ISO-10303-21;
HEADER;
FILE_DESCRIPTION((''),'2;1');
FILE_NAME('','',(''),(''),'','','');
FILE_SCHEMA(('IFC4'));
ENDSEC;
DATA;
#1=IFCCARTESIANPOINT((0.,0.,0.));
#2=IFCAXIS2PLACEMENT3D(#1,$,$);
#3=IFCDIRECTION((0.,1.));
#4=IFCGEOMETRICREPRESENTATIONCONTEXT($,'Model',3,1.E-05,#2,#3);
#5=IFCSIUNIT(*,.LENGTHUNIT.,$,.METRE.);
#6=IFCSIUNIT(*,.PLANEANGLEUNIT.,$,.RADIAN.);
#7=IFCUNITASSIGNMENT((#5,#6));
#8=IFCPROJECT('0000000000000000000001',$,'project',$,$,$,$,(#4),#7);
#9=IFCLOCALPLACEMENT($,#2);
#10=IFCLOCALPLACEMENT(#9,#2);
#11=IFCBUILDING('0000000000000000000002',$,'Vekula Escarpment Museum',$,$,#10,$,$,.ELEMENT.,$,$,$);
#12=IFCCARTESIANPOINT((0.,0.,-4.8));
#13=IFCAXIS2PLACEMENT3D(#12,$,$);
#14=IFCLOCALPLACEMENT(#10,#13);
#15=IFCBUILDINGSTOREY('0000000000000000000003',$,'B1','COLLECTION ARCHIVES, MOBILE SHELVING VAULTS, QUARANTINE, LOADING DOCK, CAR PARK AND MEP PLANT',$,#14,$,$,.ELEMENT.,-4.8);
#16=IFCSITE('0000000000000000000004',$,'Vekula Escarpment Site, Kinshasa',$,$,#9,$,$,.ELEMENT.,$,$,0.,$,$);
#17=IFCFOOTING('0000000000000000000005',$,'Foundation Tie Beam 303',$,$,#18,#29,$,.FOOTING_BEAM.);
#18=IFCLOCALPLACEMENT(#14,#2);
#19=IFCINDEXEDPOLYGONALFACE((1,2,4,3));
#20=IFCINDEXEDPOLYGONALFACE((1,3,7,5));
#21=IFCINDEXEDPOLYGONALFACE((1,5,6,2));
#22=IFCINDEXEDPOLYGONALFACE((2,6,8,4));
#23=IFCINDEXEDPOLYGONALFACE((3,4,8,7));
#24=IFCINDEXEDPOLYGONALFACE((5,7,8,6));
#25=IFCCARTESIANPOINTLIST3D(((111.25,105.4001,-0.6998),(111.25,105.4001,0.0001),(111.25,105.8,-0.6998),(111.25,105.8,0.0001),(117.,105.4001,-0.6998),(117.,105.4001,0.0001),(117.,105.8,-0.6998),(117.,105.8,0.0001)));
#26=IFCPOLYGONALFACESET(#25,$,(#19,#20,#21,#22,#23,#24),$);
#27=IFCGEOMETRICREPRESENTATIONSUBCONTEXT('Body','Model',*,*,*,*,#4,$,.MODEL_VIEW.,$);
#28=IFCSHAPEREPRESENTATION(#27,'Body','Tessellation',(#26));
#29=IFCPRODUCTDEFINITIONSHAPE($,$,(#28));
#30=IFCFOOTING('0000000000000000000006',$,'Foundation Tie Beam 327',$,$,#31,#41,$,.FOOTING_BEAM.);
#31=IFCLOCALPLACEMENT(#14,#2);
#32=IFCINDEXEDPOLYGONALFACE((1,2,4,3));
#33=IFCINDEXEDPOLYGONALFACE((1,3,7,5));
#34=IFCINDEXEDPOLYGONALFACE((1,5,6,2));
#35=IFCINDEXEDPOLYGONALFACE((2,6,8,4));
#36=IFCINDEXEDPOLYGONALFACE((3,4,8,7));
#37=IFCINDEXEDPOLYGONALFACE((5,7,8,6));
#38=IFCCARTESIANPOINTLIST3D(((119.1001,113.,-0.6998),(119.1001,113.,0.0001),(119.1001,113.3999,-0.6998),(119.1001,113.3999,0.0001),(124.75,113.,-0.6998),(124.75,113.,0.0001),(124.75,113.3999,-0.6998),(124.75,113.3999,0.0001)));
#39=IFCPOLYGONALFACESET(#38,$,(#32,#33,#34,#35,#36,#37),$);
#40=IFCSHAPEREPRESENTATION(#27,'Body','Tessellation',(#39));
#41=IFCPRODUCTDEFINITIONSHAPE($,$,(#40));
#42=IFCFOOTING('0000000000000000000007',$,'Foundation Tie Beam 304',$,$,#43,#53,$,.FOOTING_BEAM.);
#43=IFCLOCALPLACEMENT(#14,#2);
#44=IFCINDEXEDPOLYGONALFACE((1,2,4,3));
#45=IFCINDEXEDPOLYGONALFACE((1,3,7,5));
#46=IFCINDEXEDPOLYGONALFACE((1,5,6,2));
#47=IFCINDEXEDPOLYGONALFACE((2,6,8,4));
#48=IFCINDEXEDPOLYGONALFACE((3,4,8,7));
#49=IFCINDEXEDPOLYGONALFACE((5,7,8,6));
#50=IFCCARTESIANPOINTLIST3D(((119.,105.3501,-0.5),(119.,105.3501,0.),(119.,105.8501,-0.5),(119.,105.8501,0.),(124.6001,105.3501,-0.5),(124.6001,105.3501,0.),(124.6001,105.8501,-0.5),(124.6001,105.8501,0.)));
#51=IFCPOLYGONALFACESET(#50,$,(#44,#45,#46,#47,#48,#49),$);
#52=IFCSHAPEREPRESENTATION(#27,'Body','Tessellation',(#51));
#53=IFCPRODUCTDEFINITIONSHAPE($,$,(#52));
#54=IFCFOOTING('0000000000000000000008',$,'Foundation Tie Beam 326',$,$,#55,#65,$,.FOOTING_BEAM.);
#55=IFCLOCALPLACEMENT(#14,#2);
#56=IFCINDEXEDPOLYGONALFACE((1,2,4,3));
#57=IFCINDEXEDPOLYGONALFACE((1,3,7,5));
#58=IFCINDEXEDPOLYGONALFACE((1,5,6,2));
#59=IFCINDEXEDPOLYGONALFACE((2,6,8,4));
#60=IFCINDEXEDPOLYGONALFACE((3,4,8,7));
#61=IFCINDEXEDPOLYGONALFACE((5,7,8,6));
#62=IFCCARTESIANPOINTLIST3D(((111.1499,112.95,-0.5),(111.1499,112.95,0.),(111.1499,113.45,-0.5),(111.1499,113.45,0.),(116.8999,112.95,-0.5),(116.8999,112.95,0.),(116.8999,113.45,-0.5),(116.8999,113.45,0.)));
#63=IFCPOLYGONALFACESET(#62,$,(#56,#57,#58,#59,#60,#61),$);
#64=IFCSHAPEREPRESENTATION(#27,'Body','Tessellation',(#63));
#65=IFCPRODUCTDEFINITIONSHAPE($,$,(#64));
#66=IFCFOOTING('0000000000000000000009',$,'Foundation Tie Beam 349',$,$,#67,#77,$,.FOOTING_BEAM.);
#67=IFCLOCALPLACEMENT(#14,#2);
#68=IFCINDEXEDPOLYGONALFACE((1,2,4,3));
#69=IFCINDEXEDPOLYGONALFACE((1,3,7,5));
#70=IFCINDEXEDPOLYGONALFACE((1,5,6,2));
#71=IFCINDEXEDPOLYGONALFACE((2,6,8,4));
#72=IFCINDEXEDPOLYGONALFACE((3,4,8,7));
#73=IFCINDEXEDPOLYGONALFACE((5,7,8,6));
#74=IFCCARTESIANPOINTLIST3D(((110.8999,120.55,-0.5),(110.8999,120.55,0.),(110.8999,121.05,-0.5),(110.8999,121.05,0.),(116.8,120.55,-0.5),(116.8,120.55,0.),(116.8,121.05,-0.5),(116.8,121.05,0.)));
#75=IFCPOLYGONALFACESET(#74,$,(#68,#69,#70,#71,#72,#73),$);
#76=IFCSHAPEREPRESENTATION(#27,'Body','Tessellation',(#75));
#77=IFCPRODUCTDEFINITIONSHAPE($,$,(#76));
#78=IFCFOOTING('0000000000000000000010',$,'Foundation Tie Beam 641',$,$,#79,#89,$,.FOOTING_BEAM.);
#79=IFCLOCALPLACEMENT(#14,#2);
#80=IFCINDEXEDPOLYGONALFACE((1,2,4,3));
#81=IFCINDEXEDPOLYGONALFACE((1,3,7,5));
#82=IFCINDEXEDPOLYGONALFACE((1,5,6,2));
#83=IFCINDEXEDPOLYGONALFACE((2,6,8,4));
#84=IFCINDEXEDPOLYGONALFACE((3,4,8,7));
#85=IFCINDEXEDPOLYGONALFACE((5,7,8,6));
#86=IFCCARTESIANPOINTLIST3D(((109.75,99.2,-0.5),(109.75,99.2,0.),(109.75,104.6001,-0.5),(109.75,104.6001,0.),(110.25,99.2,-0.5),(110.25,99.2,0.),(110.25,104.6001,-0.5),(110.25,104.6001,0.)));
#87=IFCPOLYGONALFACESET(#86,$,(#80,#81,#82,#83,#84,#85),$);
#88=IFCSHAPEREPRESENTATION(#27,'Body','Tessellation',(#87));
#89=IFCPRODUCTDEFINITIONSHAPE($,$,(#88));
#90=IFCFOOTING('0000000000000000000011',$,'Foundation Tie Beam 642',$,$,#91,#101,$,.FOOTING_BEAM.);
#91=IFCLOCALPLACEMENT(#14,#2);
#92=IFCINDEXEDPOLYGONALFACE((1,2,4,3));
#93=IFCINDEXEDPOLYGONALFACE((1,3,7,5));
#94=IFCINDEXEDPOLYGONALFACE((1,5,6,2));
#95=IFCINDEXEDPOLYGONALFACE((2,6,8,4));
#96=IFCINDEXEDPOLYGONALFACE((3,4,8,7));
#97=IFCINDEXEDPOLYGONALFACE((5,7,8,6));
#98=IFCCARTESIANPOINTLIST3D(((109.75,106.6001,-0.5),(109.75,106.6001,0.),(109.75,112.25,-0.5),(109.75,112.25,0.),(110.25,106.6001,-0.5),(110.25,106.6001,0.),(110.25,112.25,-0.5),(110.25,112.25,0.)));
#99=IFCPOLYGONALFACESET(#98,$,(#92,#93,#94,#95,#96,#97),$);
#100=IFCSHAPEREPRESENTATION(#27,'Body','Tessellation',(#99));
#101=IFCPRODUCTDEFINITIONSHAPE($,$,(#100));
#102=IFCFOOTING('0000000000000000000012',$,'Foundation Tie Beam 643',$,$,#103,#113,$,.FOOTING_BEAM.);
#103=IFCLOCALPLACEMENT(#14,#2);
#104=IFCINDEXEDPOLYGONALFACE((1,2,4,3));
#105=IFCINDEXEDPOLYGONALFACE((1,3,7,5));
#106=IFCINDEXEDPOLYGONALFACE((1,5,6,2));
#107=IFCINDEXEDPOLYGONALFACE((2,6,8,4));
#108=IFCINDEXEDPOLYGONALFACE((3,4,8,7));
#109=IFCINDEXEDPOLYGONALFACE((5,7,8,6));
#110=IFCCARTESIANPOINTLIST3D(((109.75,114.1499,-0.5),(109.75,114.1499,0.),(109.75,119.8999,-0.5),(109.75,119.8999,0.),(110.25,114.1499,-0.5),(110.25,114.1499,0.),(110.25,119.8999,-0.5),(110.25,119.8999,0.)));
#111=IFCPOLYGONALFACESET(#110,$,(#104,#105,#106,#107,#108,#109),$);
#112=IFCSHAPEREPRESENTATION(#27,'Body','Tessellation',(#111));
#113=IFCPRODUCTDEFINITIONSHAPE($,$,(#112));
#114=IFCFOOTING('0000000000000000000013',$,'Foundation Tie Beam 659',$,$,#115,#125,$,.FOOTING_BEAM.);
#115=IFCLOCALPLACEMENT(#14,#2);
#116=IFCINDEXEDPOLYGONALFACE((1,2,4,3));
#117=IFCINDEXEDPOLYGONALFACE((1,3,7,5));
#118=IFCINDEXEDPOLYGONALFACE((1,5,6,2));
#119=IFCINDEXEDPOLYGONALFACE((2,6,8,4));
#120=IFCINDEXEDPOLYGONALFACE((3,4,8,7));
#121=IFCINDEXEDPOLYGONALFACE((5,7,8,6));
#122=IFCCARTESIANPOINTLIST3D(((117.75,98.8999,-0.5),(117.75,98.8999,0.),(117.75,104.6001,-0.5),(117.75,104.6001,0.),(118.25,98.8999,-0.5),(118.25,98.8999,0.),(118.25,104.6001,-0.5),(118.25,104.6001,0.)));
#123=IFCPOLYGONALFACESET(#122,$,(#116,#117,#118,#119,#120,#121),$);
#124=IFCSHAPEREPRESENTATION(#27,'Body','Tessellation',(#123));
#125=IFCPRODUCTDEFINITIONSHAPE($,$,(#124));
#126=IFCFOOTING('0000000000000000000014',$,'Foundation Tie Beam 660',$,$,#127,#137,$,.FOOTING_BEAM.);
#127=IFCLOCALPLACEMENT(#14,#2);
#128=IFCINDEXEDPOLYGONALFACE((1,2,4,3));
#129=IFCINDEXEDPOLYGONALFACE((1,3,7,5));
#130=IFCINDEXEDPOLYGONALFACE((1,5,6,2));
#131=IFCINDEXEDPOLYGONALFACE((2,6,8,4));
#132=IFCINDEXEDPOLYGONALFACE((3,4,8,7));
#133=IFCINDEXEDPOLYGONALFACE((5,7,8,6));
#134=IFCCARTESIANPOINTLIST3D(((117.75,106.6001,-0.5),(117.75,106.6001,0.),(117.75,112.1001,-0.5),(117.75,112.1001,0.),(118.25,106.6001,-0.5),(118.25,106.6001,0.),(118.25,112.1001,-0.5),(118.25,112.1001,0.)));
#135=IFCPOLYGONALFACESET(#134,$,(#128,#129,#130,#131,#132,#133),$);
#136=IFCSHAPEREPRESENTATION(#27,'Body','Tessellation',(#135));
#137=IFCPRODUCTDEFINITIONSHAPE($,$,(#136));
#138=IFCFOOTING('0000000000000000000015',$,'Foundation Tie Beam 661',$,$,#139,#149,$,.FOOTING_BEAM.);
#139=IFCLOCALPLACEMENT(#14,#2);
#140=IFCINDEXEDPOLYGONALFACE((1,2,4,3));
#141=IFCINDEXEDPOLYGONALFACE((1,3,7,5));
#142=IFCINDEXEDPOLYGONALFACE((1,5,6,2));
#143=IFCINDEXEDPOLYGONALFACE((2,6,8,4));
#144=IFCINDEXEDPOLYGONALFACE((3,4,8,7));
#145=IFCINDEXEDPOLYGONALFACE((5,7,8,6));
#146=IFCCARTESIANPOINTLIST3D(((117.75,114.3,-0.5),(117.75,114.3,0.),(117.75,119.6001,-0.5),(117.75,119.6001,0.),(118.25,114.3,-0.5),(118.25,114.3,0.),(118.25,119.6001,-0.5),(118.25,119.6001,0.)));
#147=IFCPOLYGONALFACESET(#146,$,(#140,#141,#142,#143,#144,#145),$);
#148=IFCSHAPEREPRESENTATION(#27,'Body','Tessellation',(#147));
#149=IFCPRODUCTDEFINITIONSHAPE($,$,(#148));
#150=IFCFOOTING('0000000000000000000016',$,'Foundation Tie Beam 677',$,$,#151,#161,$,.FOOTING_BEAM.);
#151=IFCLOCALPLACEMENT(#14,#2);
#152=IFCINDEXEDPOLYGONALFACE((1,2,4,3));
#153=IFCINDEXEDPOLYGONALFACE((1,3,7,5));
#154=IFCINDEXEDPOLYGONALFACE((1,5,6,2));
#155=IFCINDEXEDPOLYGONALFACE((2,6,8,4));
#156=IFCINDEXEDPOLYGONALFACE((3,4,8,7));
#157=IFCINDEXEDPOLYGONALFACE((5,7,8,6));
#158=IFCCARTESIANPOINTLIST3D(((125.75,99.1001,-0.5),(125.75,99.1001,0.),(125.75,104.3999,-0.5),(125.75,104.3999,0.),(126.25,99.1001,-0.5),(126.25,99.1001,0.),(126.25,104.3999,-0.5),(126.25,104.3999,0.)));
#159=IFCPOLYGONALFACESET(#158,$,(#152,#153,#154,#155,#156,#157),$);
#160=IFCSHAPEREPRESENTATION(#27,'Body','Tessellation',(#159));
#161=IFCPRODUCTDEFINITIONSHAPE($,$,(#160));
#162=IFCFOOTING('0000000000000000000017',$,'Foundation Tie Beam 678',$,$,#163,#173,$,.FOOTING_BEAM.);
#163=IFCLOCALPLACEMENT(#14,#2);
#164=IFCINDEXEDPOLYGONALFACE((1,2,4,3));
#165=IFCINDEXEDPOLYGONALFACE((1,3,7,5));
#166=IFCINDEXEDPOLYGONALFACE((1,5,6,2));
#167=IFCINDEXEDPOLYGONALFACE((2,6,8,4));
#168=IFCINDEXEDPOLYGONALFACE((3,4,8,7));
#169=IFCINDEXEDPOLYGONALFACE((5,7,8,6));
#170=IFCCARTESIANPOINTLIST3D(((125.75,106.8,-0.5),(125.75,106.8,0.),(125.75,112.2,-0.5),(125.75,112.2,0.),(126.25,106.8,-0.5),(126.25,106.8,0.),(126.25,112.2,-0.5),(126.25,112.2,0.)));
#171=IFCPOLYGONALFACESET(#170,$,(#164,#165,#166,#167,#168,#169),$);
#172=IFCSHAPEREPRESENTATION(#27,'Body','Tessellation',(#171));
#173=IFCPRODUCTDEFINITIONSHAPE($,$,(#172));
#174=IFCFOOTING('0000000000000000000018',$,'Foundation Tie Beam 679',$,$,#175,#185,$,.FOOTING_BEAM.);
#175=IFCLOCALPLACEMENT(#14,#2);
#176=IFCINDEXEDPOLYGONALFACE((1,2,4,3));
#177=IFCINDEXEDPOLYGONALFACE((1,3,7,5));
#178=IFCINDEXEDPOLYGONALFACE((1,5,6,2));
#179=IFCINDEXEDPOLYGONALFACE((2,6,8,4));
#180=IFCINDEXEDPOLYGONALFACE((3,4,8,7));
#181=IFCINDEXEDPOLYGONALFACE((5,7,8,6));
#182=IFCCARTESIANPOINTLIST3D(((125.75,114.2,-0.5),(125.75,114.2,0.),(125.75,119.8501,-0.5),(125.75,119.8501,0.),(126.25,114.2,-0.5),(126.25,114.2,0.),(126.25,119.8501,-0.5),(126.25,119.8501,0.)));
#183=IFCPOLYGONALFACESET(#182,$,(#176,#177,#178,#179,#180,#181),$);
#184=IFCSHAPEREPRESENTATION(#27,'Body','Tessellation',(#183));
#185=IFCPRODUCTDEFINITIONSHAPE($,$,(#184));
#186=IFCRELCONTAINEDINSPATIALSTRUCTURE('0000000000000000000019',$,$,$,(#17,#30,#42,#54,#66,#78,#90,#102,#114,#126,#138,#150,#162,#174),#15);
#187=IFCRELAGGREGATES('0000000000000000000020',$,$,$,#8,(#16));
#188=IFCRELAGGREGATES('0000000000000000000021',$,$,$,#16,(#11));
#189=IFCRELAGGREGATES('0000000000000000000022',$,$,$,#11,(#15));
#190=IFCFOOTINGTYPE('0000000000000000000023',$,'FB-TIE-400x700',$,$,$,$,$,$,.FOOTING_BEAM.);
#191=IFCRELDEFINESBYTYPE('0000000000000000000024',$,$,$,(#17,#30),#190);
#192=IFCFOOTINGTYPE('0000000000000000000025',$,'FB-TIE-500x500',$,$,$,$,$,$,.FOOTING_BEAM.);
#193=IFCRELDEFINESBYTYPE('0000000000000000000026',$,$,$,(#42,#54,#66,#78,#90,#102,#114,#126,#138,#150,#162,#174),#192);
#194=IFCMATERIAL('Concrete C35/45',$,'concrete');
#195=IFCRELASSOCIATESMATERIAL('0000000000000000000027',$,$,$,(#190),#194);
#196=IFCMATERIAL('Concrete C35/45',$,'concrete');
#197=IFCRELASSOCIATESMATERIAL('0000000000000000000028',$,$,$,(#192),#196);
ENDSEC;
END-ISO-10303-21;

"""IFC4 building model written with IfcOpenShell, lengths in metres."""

from ifc_helpers import new_model, si_unit, direction, frame, origin, origin_2d, place, context, subcontext, project, spatial, rectangle, extrude, material, material_profile, profile_set, type_object, element, save


model = new_model("IFC4")

# Units and contexts
model_context = context("Model", 3, precision=1e-05, world=origin(), true_north=direction((0.0, 1.0)))
body_context = subcontext(model_context, "Body", "Model", "MODEL_VIEW")
ifc_project = project(units=[si_unit("LENGTHUNIT", "METRE"), si_unit("PLANEANGLEUNIT", "RADIAN")], contexts=[model_context])

# Site, building, storey
site_placement = place(None, origin())
site = spatial("IfcSite", under=ifc_project, at=site_placement, Name="Vekula Escarpment Site, Kinshasa", CompositionType="ELEMENT", RefElevation=0.0)
building_placement = place(site_placement, origin())
building = spatial("IfcBuilding", under=site, at=building_placement, Name="Vekula Escarpment Museum", CompositionType="ELEMENT")
storey_placement = place(building_placement, frame((0.0, 0.0, -4.8)))
storey = spatial("IfcBuildingStorey", under=building, at=storey_placement, Name="B1", Description="COLLECTION ARCHIVES, MOBILE SHELVING VAULTS, QUARANTINE, LOADING DOCK, CAR PARK AND MEP PLANT", CompositionType="ELEMENT", Elevation=-4.8)

# Footings
ifc_material_1 = material(Name="Concrete C35/45", Category="concrete")
ifc_material_profile_1 = material_profile(ifc_material_1, rectangle(XDim=0.3999, YDim=0.7, at=origin_2d()), Name="RC 400x700")
ifc_profile_set_1 = profile_set([ifc_material_profile_1], Name="Concrete C35/45")
footing_type_1 = type_object("IfcFootingType", Name="FB-TIE-400x700", PredefinedType="FOOTING_BEAM", material=ifc_profile_set_1)
footing_1_placement = place(storey_placement, frame((111.25, 105.6001, -0.3499), z_axis=(1.0, 0.0, 0.0), x_axis=(0.0, 1.0, 0.0)))
element("IfcFooting", 1, at=footing_1_placement, inside=storey, type_object=footing_type_1, Name="Foundation Tie Beam 303", PredefinedType="FOOTING_BEAM", context=body_context, shape_type="SweptSolid", body=[
    extrude(rectangle(XDim=0.3999, YDim=0.7, at=origin_2d()), origin(), (0.0, 0.0, 1.0), 5.75),
])
footing_2_placement = place(storey_placement, frame((119.1001, 113.2, -0.3499), z_axis=(1.0, 0.0, 0.0), x_axis=(0.0, 1.0, 0.0)))
element("IfcFooting", 2, at=footing_2_placement, inside=storey, type_object=footing_type_1, Name="Foundation Tie Beam 327", PredefinedType="FOOTING_BEAM", context=body_context, shape_type="SweptSolid", body=[
    extrude(rectangle(XDim=0.3999, YDim=0.7, at=origin_2d()), origin(), (0.0, 0.0, 1.0), 5.6499),
])
ifc_material_2 = material(Name="Concrete C35/45", Category="concrete")
ifc_material_profile_2 = material_profile(ifc_material_2, rectangle(XDim=0.5, YDim=0.5, at=origin_2d()), Name="RC 500x500")
ifc_profile_set_2 = profile_set([ifc_material_profile_2], Name="Concrete C35/45")
footing_type_2 = type_object("IfcFootingType", Name="FB-TIE-500x500", PredefinedType="FOOTING_BEAM", material=ifc_profile_set_2)
footing_3_placement = place(storey_placement, frame((119.0, 105.6001, -0.25), z_axis=(1.0, 0.0, 0.0), x_axis=(0.0, 1.0, 0.0)))
element("IfcFooting", 3, at=footing_3_placement, inside=storey, type_object=footing_type_2, Name="Foundation Tie Beam 304", PredefinedType="FOOTING_BEAM", context=body_context, shape_type="SweptSolid", body=[
    extrude(rectangle(XDim=0.5, YDim=0.5, at=origin_2d()), origin(), (0.0, 0.0, 1.0), 5.6001),
])
footing_4_placement = place(storey_placement, frame((111.1499, 113.2, -0.25), z_axis=(1.0, 0.0, 0.0), x_axis=(0.0, 1.0, 0.0)))
element("IfcFooting", 4, at=footing_4_placement, inside=storey, type_object=footing_type_2, Name="Foundation Tie Beam 326", PredefinedType="FOOTING_BEAM", context=body_context, shape_type="SweptSolid", body=[
    extrude(rectangle(XDim=0.5, YDim=0.5, at=origin_2d()), origin(), (0.0, 0.0, 1.0), 5.75),
])
footing_5_placement = place(storey_placement, frame((110.8999, 120.8, -0.25), z_axis=(1.0, 0.0, 0.0), x_axis=(0.0, 1.0, 0.0)))
element("IfcFooting", 5, at=footing_5_placement, inside=storey, type_object=footing_type_2, Name="Foundation Tie Beam 349", PredefinedType="FOOTING_BEAM", context=body_context, shape_type="SweptSolid", body=[
    extrude(rectangle(XDim=0.5, YDim=0.5, at=origin_2d()), origin(), (0.0, 0.0, 1.0), 5.9001),
])
footing_6_placement = place(storey_placement, frame((110.0, 99.2, -0.25), z_axis=(0.0, 1.0, 0.0), x_axis=(-1.0, 0.0, 0.0)))
element("IfcFooting", 6, at=footing_6_placement, inside=storey, type_object=footing_type_2, Name="Foundation Tie Beam 641", PredefinedType="FOOTING_BEAM", context=body_context, shape_type="SweptSolid", body=[
    extrude(rectangle(XDim=0.5, YDim=0.5, at=origin_2d()), origin(), (0.0, 0.0, 1.0), 5.4001),
])
footing_7_placement = place(storey_placement, frame((110.0, 106.6001, -0.25), z_axis=(0.0, 1.0, 0.0), x_axis=(-1.0, 0.0, 0.0)))
element("IfcFooting", 7, at=footing_7_placement, inside=storey, type_object=footing_type_2, Name="Foundation Tie Beam 642", PredefinedType="FOOTING_BEAM", context=body_context, shape_type="SweptSolid", body=[
    extrude(rectangle(XDim=0.5, YDim=0.5, at=origin_2d()), origin(), (0.0, 0.0, 1.0), 5.6499),
])
footing_8_placement = place(storey_placement, frame((110.0, 114.1499, -0.25), z_axis=(0.0, 1.0, 0.0), x_axis=(-1.0, 0.0, 0.0)))
element("IfcFooting", 8, at=footing_8_placement, inside=storey, type_object=footing_type_2, Name="Foundation Tie Beam 643", PredefinedType="FOOTING_BEAM", context=body_context, shape_type="SweptSolid", body=[
    extrude(rectangle(XDim=0.5, YDim=0.5, at=origin_2d()), origin(), (0.0, 0.0, 1.0), 5.75),
])
footing_9_placement = place(storey_placement, frame((118.0, 98.8999, -0.25), z_axis=(0.0, 1.0, 0.0), x_axis=(-1.0, 0.0, 0.0)))
element("IfcFooting", 9, at=footing_9_placement, inside=storey, type_object=footing_type_2, Name="Foundation Tie Beam 659", PredefinedType="FOOTING_BEAM", context=body_context, shape_type="SweptSolid", body=[
    extrude(rectangle(XDim=0.5, YDim=0.5, at=origin_2d()), origin(), (0.0, 0.0, 1.0), 5.7002),
])
footing_10_placement = place(storey_placement, frame((118.0, 106.6001, -0.25), z_axis=(0.0, 1.0, 0.0), x_axis=(-1.0, 0.0, 0.0)))
element("IfcFooting", 10, at=footing_10_placement, inside=storey, type_object=footing_type_2, Name="Foundation Tie Beam 660", PredefinedType="FOOTING_BEAM", context=body_context, shape_type="SweptSolid", body=[
    extrude(rectangle(XDim=0.5, YDim=0.5, at=origin_2d()), origin(), (0.0, 0.0, 1.0), 5.5),
])
footing_11_placement = place(storey_placement, frame((118.0, 114.3, -0.25), z_axis=(0.0, 1.0, 0.0), x_axis=(-1.0, 0.0, 0.0)))
element("IfcFooting", 11, at=footing_11_placement, inside=storey, type_object=footing_type_2, Name="Foundation Tie Beam 661", PredefinedType="FOOTING_BEAM", context=body_context, shape_type="SweptSolid", body=[
    extrude(rectangle(XDim=0.5, YDim=0.5, at=origin_2d()), origin(), (0.0, 0.0, 1.0), 5.3),
])
footing_12_placement = place(storey_placement, frame((126.0, 99.1001, -0.25), z_axis=(0.0, 1.0, 0.0), x_axis=(-1.0, 0.0, 0.0)))
element("IfcFooting", 12, at=footing_12_placement, inside=storey, type_object=footing_type_2, Name="Foundation Tie Beam 677", PredefinedType="FOOTING_BEAM", context=body_context, shape_type="SweptSolid", body=[
    extrude(rectangle(XDim=0.5, YDim=0.5, at=origin_2d()), origin(), (0.0, 0.0, 1.0), 5.2998),
])
footing_13_placement = place(storey_placement, frame((126.0, 106.8, -0.25), z_axis=(0.0, 1.0, 0.0), x_axis=(-1.0, 0.0, 0.0)))
element("IfcFooting", 13, at=footing_13_placement, inside=storey, type_object=footing_type_2, Name="Foundation Tie Beam 678", PredefinedType="FOOTING_BEAM", context=body_context, shape_type="SweptSolid", body=[
    extrude(rectangle(XDim=0.5, YDim=0.5, at=origin_2d()), origin(), (0.0, 0.0, 1.0), 5.3999),
])
footing_14_placement = place(storey_placement, frame((126.0, 114.2, -0.25), z_axis=(0.0, 1.0, 0.0), x_axis=(-1.0, 0.0, 0.0)))
element("IfcFooting", 14, at=footing_14_placement, inside=storey, type_object=footing_type_2, Name="Foundation Tie Beam 679", PredefinedType="FOOTING_BEAM", context=body_context, shape_type="SweptSolid", body=[
    extrude(rectangle(XDim=0.5, YDim=0.5, at=origin_2d()), origin(), (0.0, 0.0, 1.0), 5.6501),
])

save(model, "model.ifc")
